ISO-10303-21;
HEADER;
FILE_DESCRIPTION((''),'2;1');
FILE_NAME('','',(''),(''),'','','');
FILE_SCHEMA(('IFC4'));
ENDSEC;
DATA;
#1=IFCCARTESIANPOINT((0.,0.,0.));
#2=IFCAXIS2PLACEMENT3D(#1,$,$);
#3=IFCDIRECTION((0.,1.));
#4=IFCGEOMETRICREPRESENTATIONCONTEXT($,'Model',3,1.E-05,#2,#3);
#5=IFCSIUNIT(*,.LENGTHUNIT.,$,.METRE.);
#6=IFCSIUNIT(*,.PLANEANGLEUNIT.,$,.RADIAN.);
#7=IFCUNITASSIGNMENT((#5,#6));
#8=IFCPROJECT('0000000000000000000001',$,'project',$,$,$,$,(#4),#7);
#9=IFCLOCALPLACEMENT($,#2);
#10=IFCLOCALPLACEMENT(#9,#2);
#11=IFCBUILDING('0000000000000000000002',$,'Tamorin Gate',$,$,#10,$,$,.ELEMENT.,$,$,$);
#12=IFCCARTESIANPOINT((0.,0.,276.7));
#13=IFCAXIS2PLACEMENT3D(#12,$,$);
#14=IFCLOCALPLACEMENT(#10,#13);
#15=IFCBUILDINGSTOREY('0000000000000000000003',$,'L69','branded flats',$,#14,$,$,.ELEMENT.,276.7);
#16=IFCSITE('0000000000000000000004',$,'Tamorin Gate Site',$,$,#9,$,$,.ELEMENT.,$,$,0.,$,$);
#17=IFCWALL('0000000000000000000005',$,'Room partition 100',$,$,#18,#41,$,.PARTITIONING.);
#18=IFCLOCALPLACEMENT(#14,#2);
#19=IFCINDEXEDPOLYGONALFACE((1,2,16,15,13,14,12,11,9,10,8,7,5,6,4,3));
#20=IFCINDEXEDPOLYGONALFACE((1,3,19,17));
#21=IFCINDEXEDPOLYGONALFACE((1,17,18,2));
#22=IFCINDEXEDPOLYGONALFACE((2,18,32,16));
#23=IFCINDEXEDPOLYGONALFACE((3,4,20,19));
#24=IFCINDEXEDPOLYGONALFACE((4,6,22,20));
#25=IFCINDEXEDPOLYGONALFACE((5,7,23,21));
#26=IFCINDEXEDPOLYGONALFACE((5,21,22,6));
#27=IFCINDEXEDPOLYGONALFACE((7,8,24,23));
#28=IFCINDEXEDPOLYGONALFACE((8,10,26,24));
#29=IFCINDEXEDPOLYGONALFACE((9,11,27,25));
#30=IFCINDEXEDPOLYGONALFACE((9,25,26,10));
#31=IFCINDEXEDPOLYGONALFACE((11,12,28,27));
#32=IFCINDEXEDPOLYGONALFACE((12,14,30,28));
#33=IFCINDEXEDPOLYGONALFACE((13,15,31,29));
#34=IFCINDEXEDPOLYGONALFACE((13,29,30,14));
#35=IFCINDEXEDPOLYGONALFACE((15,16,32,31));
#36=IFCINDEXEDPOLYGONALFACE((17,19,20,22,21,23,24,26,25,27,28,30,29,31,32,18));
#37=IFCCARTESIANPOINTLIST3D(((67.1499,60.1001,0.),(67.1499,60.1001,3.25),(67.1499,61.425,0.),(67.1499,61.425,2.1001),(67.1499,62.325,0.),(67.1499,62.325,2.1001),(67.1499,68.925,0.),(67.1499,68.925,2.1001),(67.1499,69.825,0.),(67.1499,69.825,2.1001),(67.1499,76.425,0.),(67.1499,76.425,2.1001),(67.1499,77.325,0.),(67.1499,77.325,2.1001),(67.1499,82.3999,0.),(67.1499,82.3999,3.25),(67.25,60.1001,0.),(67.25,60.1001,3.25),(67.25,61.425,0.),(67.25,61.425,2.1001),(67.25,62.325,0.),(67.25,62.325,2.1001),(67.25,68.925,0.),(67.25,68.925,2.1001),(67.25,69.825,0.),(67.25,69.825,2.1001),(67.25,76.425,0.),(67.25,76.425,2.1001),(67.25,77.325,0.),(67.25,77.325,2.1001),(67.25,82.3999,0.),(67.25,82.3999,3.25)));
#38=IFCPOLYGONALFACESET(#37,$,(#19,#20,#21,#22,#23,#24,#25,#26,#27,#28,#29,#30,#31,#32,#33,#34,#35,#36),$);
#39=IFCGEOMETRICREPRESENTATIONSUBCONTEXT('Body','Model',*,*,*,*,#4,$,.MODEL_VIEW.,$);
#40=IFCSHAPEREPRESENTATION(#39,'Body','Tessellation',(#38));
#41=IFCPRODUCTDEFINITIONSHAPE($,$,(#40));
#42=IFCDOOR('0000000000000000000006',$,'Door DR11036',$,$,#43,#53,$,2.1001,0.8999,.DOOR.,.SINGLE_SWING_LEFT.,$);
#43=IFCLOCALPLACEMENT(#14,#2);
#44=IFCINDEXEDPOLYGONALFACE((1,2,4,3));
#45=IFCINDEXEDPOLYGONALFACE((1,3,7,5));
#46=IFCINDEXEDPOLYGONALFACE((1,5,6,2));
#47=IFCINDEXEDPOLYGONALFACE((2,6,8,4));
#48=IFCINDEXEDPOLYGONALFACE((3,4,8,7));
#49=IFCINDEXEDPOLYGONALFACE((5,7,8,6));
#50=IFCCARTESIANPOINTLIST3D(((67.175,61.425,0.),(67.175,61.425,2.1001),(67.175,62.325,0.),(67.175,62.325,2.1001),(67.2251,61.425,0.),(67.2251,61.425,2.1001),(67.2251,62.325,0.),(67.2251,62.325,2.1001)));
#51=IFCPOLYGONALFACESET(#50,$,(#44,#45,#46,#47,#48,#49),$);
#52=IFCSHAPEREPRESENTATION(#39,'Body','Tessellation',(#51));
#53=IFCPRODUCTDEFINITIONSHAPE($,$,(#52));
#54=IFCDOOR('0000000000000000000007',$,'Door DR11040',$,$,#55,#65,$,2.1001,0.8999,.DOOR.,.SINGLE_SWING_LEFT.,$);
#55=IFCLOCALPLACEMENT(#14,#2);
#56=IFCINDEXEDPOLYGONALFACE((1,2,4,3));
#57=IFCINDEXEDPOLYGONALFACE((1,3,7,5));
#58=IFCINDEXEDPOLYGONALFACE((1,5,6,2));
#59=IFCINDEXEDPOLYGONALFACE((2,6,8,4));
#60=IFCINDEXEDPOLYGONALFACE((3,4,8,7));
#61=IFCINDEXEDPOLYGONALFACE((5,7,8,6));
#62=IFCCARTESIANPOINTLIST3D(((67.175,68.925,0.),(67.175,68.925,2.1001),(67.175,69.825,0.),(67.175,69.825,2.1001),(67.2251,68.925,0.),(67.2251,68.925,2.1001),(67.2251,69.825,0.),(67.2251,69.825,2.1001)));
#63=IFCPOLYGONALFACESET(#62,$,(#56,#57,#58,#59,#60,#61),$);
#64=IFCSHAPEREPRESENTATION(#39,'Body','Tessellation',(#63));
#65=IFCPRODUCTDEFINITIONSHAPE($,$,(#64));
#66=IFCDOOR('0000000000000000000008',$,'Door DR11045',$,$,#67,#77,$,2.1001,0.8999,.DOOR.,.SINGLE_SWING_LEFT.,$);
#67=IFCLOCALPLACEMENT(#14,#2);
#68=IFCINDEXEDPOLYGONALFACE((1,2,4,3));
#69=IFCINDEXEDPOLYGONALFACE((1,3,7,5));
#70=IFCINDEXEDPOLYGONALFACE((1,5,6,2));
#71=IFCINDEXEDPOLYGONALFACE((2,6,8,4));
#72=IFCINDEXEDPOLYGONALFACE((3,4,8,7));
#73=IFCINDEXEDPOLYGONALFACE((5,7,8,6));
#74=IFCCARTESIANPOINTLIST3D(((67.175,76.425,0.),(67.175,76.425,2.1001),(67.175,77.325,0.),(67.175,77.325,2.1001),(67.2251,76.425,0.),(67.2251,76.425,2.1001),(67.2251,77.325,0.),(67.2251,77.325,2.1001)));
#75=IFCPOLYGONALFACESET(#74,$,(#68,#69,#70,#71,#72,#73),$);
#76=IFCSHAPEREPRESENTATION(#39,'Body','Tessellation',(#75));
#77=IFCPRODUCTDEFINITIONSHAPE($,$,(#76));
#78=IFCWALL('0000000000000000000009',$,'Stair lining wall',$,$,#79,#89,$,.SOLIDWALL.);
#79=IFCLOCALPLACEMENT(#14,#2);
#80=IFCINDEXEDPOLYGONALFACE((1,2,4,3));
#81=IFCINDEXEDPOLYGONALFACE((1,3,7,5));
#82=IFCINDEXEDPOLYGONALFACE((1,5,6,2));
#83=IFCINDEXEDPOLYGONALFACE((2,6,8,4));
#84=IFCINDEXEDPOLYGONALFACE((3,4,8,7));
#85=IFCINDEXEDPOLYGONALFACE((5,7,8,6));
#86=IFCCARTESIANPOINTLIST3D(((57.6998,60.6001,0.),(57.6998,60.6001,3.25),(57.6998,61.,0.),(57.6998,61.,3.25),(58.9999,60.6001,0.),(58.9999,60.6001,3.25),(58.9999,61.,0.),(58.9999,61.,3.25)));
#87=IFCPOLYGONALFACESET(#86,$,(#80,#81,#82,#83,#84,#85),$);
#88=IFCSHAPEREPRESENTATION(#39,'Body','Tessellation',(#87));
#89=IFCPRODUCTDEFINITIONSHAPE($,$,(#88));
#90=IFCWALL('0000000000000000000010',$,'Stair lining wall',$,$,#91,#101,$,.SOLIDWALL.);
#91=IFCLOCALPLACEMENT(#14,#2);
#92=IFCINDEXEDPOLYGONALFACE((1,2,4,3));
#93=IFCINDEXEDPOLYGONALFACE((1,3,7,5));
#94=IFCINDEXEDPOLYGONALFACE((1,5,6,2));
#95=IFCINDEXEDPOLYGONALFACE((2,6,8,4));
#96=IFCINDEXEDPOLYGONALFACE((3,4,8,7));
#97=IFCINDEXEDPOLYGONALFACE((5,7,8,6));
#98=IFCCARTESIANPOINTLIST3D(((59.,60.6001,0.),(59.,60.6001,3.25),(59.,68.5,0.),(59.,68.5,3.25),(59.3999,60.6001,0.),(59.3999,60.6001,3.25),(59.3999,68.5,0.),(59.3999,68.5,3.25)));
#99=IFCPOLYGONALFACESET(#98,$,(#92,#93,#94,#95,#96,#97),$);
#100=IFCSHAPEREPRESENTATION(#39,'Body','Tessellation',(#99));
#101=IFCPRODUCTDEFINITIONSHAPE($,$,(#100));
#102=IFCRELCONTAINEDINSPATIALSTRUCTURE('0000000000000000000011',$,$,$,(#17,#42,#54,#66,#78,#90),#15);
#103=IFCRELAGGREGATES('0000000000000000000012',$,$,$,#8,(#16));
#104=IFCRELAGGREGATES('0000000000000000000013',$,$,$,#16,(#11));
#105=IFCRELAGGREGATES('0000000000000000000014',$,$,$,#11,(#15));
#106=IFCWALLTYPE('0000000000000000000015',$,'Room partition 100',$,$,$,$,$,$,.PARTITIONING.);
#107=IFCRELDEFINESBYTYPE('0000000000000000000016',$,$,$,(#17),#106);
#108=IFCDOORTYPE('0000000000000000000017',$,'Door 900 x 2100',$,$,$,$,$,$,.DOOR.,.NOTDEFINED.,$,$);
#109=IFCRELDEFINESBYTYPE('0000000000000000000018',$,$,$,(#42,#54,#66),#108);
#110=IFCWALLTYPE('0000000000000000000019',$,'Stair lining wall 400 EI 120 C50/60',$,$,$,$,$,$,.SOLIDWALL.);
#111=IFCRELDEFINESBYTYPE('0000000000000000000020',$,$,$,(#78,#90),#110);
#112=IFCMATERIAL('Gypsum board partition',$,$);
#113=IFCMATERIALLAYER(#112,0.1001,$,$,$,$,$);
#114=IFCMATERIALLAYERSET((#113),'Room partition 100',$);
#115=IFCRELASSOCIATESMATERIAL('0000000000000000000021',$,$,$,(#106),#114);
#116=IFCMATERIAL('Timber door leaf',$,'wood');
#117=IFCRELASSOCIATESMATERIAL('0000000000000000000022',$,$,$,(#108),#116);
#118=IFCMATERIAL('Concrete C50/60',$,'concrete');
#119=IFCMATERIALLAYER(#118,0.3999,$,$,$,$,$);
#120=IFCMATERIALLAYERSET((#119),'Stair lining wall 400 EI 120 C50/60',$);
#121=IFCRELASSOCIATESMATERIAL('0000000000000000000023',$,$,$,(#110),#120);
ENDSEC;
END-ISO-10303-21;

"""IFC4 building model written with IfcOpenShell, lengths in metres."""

from ifc_helpers import new_model, si_unit, direction, frame, frame_2d, origin, place, context, subcontext, project, spatial, rectangle, extrude, material, layer, layer_set, type_object, element, fill, save


model = new_model("IFC4")

# Units and contexts
model_context = context("Model", 3, precision=1e-05, world=origin(), true_north=direction((0.0, 1.0)))
body_context = subcontext(model_context, "Body", "Model", "MODEL_VIEW")
ifc_project = project(units=[si_unit("LENGTHUNIT", "METRE"), si_unit("PLANEANGLEUNIT", "RADIAN")], contexts=[model_context])

# Site, building, storey
site_placement = place(None, origin())
site = spatial("IfcSite", under=ifc_project, at=site_placement, Name="Tamorin Gate Site", CompositionType="ELEMENT", RefElevation=0.0)
building_placement = place(site_placement, origin())
building = spatial("IfcBuilding", under=site, at=building_placement, Name="Tamorin Gate", CompositionType="ELEMENT")
storey_placement = place(building_placement, frame((0.0, 0.0, 276.7)))
storey = spatial("IfcBuildingStorey", under=building, at=storey_placement, Name="L69", Description="branded flats", CompositionType="ELEMENT", Elevation=276.7)

# Shared definitions
ifc_material_1 = material(Name="Concrete C50/60", Category="concrete")

# Shared definitions
ifc_material_2 = material(Name="Gypsum board partition")
ifc_material_3 = material(Name="Timber door leaf", Category="wood")

# Wall, openings, doors
ifc_layer_1 = layer(ifc_material_2, 0.1001)
ifc_layer_set_1 = layer_set([ifc_layer_1], Name="Room partition 100")
wall_type_1 = type_object("IfcWallType", Name="Room partition 100", PredefinedType="PARTITIONING", material=ifc_layer_set_1)
wall_1_placement = place(storey_placement, frame((67.2, 60.1001, 0.0), z_axis=(0.0, 0.0, 1.0), x_axis=(0.0, 1.0, 0.0)))
wall_1 = element("IfcWall", 1, at=wall_1_placement, inside=storey, type_object=wall_type_1, Name="Room partition 100", PredefinedType="PARTITIONING", context=body_context, shape_type="SweptSolid", body=[
    extrude(rectangle(XDim=22.2998, YDim=0.1001, at=frame_2d((11.1499, 0.0))), origin(), (0.0, 0.0, 1.0), 3.25),
])
opening_1_placement = place(wall_1_placement, frame((1.325, 0.0, 0.0)))
opening_1 = element("IfcOpeningElement", 2, at=opening_1_placement, cuts=wall_1, PredefinedType="OPENING", context=body_context, shape_type="SweptSolid", body=[
    extrude(rectangle(XDim=0.8999, YDim=2.1001, at=frame_2d((0.45, 1.05))), frame((0.0, 0.0601, 0.0), z_axis=(0.0, -1.0, 0.0), x_axis=(1.0, 0.0, 0.0)), (0.0, 0.0, 1.0), 0.1201),
])
opening_2_placement = place(wall_1_placement, frame((8.825, 0.0, 0.0)))
opening_2 = element("IfcOpeningElement", 3, at=opening_2_placement, cuts=wall_1, PredefinedType="OPENING", context=body_context, shape_type="SweptSolid", body=[
    extrude(rectangle(XDim=0.8999, YDim=2.1001, at=frame_2d((0.45, 1.05))), frame((0.0, 0.0601, 0.0), z_axis=(0.0, -1.0, 0.0), x_axis=(1.0, 0.0, 0.0)), (0.0, 0.0, 1.0), 0.1201),
])
opening_3_placement = place(wall_1_placement, frame((16.325, 0.0, 0.0)))
opening_3 = element("IfcOpeningElement", 4, at=opening_3_placement, cuts=wall_1, PredefinedType="OPENING", context=body_context, shape_type="SweptSolid", body=[
    extrude(rectangle(XDim=0.8999, YDim=2.1001, at=frame_2d((0.45, 1.05))), frame((0.0, 0.0601, 0.0), z_axis=(0.0, -1.0, 0.0), x_axis=(1.0, 0.0, 0.0)), (0.0, 0.0, 1.0), 0.1201),
])
door_type_1 = type_object("IfcDoorType", Name="Door 900 x 2100", OperationType="NOTDEFINED", PredefinedType="DOOR", material=ifc_material_3)
door_1_placement = place(opening_1_placement, origin())
door_1 = element("IfcDoor", 5, at=door_1_placement, inside=storey, type_object=door_type_1, Name="Door DR11036", OperationType="SINGLE_SWING_LEFT", OverallHeight=2.1001, OverallWidth=0.8999, PredefinedType="DOOR", context=body_context, shape_type="SweptSolid", body=[
    extrude(rectangle(XDim=0.8999, YDim=2.1001, at=frame_2d((0.45, 1.05))), frame((0.0, 0.0249, 0.0), z_axis=(0.0, -1.0, 0.0), x_axis=(1.0, 0.0, 0.0)), (0.0, 0.0, 1.0), 0.05),
])
fill(opening_1, door_1)
door_2_placement = place(opening_2_placement, origin())
door_2 = element("IfcDoor", 6, at=door_2_placement, inside=storey, type_object=door_type_1, Name="Door DR11040", OperationType="SINGLE_SWING_LEFT", OverallHeight=2.1001, OverallWidth=0.8999, PredefinedType="DOOR", context=body_context, shape_type="SweptSolid", body=[
    extrude(rectangle(XDim=0.8999, YDim=2.1001, at=frame_2d((0.45, 1.05))), frame((0.0, 0.0249, 0.0), z_axis=(0.0, -1.0, 0.0), x_axis=(1.0, 0.0, 0.0)), (0.0, 0.0, 1.0), 0.05),
])
fill(opening_2, door_2)
door_3_placement = place(opening_3_placement, origin())
door_3 = element("IfcDoor", 7, at=door_3_placement, inside=storey, type_object=door_type_1, Name="Door DR11045", OperationType="SINGLE_SWING_LEFT", OverallHeight=2.1001, OverallWidth=0.8999, PredefinedType="DOOR", context=body_context, shape_type="SweptSolid", body=[
    extrude(rectangle(XDim=0.8999, YDim=2.1001, at=frame_2d((0.45, 1.05))), frame((0.0, 0.0249, 0.0), z_axis=(0.0, -1.0, 0.0), x_axis=(1.0, 0.0, 0.0)), (0.0, 0.0, 1.0), 0.05),
])
fill(opening_3, door_3)

# Walls
ifc_layer_2 = layer(ifc_material_1, 0.3999)
ifc_layer_set_2 = layer_set([ifc_layer_2], Name="Stair lining wall 400 EI 120 C50/60")
wall_type_2 = type_object("IfcWallType", Name="Stair lining wall 400 EI 120 C50/60", PredefinedType="SOLIDWALL", material=ifc_layer_set_2)
wall_2_placement = place(storey_placement, frame((57.7, 60.8, 0.0), z_axis=(0.0, 0.0, 1.0), x_axis=(1.0, 0.0, 0.0)))
element("IfcWall", 8, at=wall_2_placement, inside=storey, type_object=wall_type_2, Name="Stair lining wall", PredefinedType="SOLIDWALL", context=body_context, shape_type="SweptSolid", body=[
    extrude(rectangle(XDim=1.3, YDim=0.3999, at=frame_2d((0.6499, 0.0))), origin(), (0.0, 0.0, 1.0), 3.25),
])
wall_3_placement = place(storey_placement, frame((59.2, 60.6001, 0.0), z_axis=(0.0, 0.0, 1.0), x_axis=(0.0, 1.0, 0.0)))
element("IfcWall", 9, at=wall_3_placement, inside=storey, type_object=wall_type_2, Name="Stair lining wall", PredefinedType="SOLIDWALL", context=body_context, shape_type="SweptSolid", body=[
    extrude(rectangle(XDim=7.8999, YDim=0.3999, at=frame_2d((3.95, 0.0))), origin(), (0.0, 0.0, 1.0), 3.25),
])

save(model, "model.ifc")
